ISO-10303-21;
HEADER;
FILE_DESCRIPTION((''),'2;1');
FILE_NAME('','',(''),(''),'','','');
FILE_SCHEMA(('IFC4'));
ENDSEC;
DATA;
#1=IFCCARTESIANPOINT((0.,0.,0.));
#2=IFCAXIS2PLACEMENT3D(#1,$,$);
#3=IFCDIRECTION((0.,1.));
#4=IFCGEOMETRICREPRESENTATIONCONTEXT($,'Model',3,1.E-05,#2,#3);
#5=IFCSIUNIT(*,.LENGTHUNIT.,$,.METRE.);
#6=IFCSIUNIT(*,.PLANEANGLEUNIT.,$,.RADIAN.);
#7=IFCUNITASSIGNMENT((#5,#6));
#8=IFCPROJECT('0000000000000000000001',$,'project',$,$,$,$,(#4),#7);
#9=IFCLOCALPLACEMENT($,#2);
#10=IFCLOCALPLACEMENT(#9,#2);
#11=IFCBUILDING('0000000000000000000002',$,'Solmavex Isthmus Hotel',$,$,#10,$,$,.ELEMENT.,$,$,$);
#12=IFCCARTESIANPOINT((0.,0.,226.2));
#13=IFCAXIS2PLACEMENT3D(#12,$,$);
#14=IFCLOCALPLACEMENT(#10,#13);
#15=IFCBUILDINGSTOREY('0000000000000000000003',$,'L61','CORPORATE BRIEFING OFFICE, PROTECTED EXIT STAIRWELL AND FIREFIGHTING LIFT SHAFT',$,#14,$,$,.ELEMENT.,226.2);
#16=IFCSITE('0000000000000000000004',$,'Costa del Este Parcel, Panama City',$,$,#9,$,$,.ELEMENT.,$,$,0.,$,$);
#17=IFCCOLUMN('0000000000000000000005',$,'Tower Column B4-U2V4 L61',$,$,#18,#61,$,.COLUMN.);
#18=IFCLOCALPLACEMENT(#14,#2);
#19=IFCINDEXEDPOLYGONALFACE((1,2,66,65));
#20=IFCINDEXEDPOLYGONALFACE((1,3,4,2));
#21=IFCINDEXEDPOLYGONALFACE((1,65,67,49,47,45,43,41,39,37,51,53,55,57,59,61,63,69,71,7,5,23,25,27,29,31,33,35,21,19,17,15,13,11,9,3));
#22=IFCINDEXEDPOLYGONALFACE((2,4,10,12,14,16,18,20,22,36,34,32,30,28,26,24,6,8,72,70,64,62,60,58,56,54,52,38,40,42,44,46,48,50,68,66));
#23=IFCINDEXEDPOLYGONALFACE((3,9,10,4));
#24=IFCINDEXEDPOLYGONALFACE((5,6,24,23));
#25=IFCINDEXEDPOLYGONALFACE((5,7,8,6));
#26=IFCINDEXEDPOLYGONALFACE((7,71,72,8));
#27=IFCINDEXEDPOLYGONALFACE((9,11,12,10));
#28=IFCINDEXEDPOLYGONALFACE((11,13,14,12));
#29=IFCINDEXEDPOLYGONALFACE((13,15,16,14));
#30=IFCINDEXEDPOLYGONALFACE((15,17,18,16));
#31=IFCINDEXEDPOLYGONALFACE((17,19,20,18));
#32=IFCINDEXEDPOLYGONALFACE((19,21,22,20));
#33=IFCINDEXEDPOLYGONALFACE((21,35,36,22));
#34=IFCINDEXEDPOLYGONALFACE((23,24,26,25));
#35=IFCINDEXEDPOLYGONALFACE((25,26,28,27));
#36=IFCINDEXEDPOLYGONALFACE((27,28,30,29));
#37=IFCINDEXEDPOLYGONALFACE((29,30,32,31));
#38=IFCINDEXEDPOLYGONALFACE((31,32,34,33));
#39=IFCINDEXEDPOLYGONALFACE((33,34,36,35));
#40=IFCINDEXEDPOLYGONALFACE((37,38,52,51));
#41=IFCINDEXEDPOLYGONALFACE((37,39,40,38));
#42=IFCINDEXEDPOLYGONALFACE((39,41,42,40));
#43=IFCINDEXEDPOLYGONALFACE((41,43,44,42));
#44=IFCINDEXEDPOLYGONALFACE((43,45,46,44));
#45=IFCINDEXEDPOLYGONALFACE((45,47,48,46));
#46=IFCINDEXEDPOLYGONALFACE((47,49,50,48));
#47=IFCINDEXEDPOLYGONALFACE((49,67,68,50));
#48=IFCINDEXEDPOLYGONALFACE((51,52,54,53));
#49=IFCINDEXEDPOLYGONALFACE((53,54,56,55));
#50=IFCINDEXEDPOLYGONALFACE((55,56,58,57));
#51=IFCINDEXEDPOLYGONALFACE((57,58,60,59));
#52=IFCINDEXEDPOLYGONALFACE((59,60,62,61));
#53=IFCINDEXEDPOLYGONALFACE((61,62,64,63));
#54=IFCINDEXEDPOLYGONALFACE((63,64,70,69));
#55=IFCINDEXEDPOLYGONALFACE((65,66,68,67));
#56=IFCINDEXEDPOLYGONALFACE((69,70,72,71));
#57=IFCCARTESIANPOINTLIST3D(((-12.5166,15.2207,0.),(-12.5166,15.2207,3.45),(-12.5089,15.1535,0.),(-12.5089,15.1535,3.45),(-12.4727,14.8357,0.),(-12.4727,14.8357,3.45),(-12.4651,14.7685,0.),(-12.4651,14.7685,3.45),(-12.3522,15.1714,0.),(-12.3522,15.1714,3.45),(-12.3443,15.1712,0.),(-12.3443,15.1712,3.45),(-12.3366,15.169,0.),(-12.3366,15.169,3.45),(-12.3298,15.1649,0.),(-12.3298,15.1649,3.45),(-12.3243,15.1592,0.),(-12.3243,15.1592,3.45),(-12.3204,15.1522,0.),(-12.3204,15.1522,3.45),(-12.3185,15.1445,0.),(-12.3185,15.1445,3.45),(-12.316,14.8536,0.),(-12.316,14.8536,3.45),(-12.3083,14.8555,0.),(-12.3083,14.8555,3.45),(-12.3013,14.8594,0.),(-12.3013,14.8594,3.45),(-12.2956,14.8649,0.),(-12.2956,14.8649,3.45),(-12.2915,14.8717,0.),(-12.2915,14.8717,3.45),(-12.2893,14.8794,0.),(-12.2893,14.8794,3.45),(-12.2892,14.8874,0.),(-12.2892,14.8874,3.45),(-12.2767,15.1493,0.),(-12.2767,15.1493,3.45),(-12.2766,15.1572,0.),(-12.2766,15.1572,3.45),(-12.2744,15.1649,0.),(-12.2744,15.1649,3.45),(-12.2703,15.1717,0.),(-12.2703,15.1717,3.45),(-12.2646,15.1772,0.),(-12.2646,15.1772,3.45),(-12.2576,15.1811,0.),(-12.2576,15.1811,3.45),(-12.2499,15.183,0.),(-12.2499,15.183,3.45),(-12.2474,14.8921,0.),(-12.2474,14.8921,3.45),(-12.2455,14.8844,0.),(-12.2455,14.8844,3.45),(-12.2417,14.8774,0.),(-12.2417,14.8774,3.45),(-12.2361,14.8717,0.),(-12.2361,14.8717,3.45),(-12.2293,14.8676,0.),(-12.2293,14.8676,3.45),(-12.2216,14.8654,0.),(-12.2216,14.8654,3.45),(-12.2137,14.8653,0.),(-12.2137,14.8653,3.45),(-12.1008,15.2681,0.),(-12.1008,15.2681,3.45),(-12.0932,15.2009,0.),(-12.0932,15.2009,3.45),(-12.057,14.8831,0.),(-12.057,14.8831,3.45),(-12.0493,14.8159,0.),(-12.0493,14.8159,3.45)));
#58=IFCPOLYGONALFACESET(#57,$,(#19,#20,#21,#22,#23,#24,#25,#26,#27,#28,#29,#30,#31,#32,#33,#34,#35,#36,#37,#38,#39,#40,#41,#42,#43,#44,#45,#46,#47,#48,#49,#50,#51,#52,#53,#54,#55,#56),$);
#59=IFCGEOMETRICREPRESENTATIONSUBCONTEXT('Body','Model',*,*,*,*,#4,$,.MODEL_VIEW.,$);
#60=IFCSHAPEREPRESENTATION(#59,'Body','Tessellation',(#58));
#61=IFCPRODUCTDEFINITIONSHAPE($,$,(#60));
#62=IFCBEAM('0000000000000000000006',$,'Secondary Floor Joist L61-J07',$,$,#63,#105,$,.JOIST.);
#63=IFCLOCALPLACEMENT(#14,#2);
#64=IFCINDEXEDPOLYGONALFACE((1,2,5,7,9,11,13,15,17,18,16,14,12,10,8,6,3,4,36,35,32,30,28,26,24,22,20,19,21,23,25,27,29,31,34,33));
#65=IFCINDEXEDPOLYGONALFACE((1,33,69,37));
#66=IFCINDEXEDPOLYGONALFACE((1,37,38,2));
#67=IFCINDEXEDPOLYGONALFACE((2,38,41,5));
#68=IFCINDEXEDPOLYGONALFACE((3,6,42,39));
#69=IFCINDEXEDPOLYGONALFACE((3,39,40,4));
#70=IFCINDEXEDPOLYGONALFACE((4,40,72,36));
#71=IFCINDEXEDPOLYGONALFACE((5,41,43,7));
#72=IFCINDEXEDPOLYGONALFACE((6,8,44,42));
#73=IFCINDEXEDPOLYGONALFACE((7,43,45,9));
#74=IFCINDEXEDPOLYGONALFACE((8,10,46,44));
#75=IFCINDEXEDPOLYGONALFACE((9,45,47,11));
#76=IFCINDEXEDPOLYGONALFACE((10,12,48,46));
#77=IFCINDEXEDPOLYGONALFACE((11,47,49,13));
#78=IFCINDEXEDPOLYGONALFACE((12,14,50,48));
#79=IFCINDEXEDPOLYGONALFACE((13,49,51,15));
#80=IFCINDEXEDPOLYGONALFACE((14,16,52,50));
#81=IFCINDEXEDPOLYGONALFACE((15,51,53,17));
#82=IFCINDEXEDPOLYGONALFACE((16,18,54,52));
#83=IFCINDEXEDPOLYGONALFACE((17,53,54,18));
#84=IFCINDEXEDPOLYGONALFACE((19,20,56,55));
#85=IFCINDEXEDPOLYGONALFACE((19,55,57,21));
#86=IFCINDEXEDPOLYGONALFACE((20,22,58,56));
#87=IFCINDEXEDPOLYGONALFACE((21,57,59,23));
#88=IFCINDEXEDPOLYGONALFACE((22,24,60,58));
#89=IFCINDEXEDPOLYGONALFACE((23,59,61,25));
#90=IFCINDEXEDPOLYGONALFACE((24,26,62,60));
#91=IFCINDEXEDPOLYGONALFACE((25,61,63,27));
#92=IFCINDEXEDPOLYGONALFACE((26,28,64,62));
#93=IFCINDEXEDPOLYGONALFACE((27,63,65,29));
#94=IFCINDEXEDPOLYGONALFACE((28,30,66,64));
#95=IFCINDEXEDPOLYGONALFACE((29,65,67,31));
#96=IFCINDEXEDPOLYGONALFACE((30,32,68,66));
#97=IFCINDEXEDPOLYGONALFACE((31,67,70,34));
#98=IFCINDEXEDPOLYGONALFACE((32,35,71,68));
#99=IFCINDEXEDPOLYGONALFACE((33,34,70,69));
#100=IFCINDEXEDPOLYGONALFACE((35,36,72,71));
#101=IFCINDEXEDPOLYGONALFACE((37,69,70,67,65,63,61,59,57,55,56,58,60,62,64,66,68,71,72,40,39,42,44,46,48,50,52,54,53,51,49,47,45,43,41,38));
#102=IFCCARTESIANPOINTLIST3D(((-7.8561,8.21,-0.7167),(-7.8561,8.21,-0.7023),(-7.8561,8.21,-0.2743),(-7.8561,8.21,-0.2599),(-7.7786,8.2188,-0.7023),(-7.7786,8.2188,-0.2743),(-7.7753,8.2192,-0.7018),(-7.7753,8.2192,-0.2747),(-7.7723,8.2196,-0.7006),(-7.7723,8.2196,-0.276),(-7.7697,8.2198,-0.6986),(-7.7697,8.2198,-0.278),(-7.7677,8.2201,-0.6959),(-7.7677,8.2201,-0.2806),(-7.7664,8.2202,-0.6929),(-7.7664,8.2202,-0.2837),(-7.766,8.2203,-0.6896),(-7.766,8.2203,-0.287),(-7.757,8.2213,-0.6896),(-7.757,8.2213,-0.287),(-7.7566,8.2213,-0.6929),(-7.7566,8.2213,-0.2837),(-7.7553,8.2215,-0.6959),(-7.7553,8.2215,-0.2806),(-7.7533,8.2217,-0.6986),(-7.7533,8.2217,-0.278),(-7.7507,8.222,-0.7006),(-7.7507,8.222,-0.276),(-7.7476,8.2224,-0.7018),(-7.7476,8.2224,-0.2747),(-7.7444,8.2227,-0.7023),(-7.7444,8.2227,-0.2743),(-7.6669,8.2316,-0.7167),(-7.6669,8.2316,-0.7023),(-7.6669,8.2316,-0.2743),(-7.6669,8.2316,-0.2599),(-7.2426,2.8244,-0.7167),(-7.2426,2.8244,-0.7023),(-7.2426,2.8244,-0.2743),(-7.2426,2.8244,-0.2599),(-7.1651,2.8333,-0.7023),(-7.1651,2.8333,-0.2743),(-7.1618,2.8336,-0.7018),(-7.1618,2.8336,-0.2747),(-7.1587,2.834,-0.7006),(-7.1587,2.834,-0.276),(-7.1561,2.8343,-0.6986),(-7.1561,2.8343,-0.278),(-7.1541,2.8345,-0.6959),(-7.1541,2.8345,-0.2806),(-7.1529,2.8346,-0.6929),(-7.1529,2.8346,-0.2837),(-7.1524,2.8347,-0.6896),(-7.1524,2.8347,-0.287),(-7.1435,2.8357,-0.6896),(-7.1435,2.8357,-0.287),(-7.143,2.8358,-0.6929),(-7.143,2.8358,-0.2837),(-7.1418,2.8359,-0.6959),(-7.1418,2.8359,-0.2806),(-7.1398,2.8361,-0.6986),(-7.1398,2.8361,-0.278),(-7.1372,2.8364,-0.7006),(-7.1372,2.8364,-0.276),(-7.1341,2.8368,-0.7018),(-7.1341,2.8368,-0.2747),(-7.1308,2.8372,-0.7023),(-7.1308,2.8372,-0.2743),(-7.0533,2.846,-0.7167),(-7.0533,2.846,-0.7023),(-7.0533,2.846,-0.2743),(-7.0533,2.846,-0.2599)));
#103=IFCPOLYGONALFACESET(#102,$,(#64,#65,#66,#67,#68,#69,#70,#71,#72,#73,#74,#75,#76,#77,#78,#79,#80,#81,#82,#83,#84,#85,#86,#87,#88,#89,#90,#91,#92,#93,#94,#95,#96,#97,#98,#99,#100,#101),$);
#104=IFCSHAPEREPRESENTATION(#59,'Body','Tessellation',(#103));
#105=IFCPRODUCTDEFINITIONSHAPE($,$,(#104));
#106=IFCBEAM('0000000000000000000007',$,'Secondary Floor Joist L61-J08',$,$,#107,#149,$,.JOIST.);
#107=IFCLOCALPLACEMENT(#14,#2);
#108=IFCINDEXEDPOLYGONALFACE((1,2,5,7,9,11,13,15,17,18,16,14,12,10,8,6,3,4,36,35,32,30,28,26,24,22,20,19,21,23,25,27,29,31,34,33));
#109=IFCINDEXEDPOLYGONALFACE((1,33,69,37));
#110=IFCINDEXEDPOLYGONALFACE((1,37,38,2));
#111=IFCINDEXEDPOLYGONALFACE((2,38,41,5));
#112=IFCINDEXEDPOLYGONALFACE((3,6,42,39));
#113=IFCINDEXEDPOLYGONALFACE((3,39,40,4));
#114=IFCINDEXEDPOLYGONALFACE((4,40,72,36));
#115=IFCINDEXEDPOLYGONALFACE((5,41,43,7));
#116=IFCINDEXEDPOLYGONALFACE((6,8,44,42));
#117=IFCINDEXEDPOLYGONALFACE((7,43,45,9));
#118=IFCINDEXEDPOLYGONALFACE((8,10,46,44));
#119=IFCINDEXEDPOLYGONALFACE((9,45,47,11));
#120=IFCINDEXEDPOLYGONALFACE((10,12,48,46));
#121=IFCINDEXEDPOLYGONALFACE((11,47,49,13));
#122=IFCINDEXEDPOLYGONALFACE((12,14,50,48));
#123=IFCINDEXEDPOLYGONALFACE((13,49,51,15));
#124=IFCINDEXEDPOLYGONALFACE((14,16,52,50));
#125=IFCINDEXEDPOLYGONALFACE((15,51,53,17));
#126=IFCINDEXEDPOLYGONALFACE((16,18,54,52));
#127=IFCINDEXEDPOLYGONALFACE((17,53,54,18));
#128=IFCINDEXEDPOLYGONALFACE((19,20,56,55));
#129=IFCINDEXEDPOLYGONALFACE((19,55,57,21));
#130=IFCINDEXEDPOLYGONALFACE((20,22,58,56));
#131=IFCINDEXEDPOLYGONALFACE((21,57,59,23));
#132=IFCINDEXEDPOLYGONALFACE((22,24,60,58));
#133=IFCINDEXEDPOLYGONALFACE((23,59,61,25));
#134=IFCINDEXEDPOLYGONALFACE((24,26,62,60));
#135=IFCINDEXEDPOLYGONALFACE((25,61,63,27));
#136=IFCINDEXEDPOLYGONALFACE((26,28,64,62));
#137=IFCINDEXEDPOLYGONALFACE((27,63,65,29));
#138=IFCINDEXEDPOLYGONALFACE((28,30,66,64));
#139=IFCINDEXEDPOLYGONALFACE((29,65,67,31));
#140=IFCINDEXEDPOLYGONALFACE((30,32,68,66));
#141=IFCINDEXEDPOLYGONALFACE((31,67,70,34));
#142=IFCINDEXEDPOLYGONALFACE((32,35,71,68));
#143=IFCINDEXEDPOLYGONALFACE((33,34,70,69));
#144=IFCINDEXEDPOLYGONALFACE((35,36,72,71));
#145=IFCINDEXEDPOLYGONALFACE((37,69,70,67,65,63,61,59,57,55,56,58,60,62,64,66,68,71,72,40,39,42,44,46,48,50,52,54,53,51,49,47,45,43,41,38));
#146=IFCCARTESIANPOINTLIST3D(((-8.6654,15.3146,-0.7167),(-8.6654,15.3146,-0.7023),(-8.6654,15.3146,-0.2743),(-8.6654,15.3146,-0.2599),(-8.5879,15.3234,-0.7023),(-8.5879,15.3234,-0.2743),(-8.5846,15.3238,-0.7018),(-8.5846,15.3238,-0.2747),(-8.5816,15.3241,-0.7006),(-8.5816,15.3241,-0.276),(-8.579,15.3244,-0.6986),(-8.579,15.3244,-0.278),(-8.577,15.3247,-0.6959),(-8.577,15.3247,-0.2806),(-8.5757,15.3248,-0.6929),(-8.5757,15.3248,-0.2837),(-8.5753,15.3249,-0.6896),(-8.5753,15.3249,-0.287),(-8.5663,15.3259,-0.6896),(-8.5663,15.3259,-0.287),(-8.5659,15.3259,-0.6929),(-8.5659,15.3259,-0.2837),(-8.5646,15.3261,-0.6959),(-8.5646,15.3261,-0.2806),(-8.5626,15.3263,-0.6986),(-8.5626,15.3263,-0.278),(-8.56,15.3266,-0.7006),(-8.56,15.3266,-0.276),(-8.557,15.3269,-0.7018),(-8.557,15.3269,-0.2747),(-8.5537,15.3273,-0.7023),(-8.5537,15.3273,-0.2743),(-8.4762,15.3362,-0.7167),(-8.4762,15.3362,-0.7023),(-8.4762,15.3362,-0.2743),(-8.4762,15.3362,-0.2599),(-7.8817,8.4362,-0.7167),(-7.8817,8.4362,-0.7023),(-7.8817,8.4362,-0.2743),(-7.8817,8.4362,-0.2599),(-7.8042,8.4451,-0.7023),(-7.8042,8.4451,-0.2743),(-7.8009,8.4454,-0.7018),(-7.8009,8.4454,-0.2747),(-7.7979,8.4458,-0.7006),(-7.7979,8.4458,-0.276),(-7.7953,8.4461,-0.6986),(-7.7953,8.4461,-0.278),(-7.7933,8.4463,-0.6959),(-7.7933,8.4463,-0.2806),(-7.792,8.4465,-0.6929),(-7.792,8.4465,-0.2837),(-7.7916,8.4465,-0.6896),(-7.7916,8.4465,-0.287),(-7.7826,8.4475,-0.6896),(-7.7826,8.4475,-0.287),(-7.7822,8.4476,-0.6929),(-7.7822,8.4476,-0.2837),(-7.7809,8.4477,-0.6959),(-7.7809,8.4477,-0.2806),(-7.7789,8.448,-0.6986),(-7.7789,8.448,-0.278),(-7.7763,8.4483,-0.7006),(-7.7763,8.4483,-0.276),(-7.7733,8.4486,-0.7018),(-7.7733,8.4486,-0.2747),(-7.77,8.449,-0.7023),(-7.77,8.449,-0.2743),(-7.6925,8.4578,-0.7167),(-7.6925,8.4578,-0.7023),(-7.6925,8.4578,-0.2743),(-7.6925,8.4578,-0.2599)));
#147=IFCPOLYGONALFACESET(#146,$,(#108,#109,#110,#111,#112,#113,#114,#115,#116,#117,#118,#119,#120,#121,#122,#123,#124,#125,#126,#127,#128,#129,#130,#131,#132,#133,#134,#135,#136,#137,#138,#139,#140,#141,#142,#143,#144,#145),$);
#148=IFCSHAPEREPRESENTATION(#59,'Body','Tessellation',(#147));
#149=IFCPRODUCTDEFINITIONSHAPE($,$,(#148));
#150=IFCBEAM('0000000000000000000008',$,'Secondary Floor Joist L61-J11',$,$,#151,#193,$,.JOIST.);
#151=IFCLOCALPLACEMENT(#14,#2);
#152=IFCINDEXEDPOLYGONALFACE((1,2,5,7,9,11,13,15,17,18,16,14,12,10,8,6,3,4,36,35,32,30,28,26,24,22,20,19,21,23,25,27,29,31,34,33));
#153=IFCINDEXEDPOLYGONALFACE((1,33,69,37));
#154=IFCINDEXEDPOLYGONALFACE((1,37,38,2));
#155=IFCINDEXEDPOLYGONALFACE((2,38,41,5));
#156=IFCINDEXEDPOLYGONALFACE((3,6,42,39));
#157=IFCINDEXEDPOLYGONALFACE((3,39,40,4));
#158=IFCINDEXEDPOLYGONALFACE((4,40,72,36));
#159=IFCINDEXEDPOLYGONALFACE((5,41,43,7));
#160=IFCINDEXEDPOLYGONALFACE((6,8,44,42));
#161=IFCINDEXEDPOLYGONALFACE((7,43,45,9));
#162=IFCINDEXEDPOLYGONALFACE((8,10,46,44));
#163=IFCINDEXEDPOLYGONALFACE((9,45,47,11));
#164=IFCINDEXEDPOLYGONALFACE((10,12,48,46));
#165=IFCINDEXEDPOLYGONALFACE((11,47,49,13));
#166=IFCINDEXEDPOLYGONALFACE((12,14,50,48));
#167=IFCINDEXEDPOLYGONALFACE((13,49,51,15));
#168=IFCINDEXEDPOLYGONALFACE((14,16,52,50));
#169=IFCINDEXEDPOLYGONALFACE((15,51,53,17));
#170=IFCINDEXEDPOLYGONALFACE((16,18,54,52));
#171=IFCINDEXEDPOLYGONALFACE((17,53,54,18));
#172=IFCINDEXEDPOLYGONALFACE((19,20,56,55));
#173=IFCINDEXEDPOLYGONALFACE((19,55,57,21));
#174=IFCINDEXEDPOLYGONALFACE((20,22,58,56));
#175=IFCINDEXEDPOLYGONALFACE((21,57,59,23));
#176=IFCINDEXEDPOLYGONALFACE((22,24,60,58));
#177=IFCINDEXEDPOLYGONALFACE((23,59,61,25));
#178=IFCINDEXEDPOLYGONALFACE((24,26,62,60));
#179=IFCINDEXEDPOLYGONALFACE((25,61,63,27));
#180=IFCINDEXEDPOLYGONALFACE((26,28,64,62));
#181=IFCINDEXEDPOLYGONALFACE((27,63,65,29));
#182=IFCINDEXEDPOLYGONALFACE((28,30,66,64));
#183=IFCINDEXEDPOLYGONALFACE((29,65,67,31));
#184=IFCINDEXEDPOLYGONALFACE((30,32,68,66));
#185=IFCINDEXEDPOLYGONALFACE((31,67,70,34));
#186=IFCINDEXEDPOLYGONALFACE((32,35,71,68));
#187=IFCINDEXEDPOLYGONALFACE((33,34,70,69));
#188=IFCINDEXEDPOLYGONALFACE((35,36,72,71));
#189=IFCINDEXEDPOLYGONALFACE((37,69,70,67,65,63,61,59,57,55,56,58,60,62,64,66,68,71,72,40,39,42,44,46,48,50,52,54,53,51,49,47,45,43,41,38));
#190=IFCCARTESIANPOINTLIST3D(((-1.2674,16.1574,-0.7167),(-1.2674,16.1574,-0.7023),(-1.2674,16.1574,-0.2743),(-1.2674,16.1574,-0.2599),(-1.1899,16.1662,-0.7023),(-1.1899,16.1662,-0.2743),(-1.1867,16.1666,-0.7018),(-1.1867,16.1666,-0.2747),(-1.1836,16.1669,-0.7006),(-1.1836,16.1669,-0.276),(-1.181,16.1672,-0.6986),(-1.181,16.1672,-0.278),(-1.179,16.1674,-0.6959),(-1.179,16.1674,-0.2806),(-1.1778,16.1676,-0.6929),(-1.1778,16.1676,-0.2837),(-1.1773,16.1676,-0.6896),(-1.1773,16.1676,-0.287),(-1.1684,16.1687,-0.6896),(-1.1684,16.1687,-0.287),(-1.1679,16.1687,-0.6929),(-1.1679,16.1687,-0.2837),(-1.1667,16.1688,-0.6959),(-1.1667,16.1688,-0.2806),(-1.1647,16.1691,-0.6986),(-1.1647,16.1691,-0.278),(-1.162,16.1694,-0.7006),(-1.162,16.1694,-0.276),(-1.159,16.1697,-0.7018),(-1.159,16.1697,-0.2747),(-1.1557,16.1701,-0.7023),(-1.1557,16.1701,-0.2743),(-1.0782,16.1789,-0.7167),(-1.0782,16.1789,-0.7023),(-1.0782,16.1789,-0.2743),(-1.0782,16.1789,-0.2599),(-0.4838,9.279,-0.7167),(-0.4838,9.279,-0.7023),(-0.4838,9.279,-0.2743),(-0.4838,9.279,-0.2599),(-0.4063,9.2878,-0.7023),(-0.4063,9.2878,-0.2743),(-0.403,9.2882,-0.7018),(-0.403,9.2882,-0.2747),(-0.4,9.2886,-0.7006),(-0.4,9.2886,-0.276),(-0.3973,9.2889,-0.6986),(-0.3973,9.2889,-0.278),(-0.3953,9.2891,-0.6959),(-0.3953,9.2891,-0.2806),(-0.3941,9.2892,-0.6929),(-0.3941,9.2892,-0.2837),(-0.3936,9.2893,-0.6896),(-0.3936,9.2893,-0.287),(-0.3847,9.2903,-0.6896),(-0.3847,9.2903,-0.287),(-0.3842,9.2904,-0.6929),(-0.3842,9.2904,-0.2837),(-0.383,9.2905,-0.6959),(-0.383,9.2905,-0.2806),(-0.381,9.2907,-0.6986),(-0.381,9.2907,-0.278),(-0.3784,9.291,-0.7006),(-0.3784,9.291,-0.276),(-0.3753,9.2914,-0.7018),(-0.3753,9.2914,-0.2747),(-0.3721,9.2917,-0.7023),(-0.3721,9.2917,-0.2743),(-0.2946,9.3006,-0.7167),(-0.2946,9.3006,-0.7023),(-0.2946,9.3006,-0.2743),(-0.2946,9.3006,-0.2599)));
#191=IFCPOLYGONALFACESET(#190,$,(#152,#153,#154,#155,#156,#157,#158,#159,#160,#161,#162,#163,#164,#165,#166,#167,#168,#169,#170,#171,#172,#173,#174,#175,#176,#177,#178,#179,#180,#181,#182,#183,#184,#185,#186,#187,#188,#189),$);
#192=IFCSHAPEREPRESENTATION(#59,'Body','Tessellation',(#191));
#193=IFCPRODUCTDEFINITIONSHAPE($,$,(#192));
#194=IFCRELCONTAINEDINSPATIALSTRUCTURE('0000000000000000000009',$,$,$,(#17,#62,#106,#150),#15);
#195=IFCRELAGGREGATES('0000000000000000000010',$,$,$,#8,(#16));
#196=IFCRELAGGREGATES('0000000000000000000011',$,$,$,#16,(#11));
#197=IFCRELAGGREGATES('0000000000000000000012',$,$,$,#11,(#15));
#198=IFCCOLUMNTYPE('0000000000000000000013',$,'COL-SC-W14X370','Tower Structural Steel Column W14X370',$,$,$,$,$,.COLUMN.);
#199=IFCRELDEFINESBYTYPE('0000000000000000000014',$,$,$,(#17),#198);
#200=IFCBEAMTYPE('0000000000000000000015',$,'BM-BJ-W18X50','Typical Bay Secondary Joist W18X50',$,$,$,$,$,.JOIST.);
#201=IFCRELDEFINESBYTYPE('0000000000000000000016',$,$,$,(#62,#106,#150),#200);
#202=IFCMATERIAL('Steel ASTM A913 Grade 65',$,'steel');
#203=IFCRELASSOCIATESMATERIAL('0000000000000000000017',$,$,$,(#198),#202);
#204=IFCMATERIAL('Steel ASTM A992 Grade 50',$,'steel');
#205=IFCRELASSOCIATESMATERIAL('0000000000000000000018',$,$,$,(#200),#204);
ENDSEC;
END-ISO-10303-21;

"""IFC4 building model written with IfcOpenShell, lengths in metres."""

from ifc_helpers import new_model, si_unit, direction, frame, origin, origin_2d, place, context, subcontext, project, spatial, i_section, extrude, material, material_profile, profile_set, type_object, element, save


model = new_model("IFC4")

# Units and contexts
model_context = context("Model", 3, precision=1e-05, world=origin(), true_north=direction((0.0, 1.0)))
body_context = subcontext(model_context, "Body", "Model", "MODEL_VIEW")
ifc_project = project(units=[si_unit("LENGTHUNIT", "METRE"), si_unit("PLANEANGLEUNIT", "RADIAN")], contexts=[model_context])

# Site, building, storey
site_placement = place(None, origin())
site = spatial("IfcSite", under=ifc_project, at=site_placement, Name="Costa del Este Parcel, Panama City", CompositionType="ELEMENT", RefElevation=0.0)
building_placement = place(site_placement, origin())
building = spatial("IfcBuilding", under=site, at=building_placement, Name="Solmavex Isthmus Hotel", CompositionType="ELEMENT")
storey_placement = place(building_placement, frame((0.0, 0.0, 226.2)))
storey = spatial("IfcBuildingStorey", under=building, at=storey_placement, Name="L61", Description="CORPORATE BRIEFING OFFICE, PROTECTED EXIT STAIRWELL AND FIREFIGHTING LIFT SHAFT", CompositionType="ELEMENT", Elevation=226.2)

# Column
ifc_material_1 = material(Name="Steel ASTM A913 Grade 65", Category="steel")
ifc_material_profile_1 = material_profile(ifc_material_1, i_section(OverallWidth=0.4185, OverallDepth=0.4551, WebThickness=0.042, FlangeThickness=0.0676, FilletRadius=0.0305, at=origin_2d()), Name="W14X370")
ifc_profile_set_1 = profile_set([ifc_material_profile_1], Name="Steel ASTM A913 Grade 65")
column_type_1 = type_object("IfcColumnType", Name="COL-SC-W14X370", Description="Tower Structural Steel Column W14X370", PredefinedType="COLUMN", material=ifc_profile_set_1)
column_placement = place(storey_placement, frame((-12.283, 15.0183, 0.0), z_axis=(0.0, 0.0, 1.0), x_axis=(0.993572, 0.113203, 0.0)))
element("IfcColumn", 1, at=column_placement, inside=storey, type_object=column_type_1, Name="Tower Column B4-U2V4 L61", PredefinedType="COLUMN", context=body_context, shape_type="SweptSolid", body=[
    extrude(i_section(OverallWidth=0.4185, OverallDepth=0.4551, WebThickness=0.042, FlangeThickness=0.0676, FilletRadius=0.0305, at=origin_2d()), origin(), (0.0, 0.0, 1.0), 3.45),
])

# Beams
ifc_material_2 = material(Name="Steel ASTM A992 Grade 50", Category="steel")
ifc_material_profile_2 = material_profile(ifc_material_2, i_section(OverallWidth=0.1904, OverallDepth=0.4568, WebThickness=0.009, FlangeThickness=0.0144, FilletRadius=0.0127, at=origin_2d()), Name="W18X50")
ifc_profile_set_2 = profile_set([ifc_material_profile_2], Name="Steel ASTM A992 Grade 50")
beam_type_1 = type_object("IfcBeamType", Name="BM-BJ-W18X50", Description="Typical Bay Secondary Joist W18X50", PredefinedType="JOIST", material=ifc_profile_set_2)
beam_1_placement = place(storey_placement, frame((-7.1479, 2.8352, -0.4883), z_axis=(-0.11319, 0.993573, 0.0), x_axis=(-0.993573, -0.11319, 0.0)))
element("IfcBeam", 2, at=beam_1_placement, inside=storey, type_object=beam_type_1, Name="Secondary Floor Joist L61-J07", PredefinedType="JOIST", context=body_context, shape_type="SweptSolid", body=[
    extrude(i_section(OverallWidth=0.1904, OverallDepth=0.4568, WebThickness=0.009, FlangeThickness=0.0144, FilletRadius=0.0127, at=origin_2d()), origin(), (0.0, 0.0, 1.0), 5.4204),
])
for number, where, z_axis, x_axis, name in (
    (3, (-7.7871, 8.447, -0.4883), (-0.113202, 0.993572, 0.0), (-0.993572, -0.113202, 0.0), "Secondary Floor Joist L61-J08"),
    (4, (-0.3892, 9.2898, -0.4883), (-0.113202, 0.993572, 0.0), (-0.993572, -0.113202, 0.0), "Secondary Floor Joist L61-J11"),
):
    element("IfcBeam", number, at=place(storey_placement, frame(where, z_axis=z_axis, x_axis=x_axis)), inside=storey, type_object=beam_type_1, Name=name, PredefinedType="JOIST", context=body_context, shape_type="SweptSolid", body=[
        extrude(i_section(OverallWidth=0.1904, OverallDepth=0.4568, WebThickness=0.009, FlangeThickness=0.0144, FilletRadius=0.0127, at=origin_2d()), origin(), (0.0, 0.0, 1.0), 6.9229),
    ])

save(model, "model.ifc")
